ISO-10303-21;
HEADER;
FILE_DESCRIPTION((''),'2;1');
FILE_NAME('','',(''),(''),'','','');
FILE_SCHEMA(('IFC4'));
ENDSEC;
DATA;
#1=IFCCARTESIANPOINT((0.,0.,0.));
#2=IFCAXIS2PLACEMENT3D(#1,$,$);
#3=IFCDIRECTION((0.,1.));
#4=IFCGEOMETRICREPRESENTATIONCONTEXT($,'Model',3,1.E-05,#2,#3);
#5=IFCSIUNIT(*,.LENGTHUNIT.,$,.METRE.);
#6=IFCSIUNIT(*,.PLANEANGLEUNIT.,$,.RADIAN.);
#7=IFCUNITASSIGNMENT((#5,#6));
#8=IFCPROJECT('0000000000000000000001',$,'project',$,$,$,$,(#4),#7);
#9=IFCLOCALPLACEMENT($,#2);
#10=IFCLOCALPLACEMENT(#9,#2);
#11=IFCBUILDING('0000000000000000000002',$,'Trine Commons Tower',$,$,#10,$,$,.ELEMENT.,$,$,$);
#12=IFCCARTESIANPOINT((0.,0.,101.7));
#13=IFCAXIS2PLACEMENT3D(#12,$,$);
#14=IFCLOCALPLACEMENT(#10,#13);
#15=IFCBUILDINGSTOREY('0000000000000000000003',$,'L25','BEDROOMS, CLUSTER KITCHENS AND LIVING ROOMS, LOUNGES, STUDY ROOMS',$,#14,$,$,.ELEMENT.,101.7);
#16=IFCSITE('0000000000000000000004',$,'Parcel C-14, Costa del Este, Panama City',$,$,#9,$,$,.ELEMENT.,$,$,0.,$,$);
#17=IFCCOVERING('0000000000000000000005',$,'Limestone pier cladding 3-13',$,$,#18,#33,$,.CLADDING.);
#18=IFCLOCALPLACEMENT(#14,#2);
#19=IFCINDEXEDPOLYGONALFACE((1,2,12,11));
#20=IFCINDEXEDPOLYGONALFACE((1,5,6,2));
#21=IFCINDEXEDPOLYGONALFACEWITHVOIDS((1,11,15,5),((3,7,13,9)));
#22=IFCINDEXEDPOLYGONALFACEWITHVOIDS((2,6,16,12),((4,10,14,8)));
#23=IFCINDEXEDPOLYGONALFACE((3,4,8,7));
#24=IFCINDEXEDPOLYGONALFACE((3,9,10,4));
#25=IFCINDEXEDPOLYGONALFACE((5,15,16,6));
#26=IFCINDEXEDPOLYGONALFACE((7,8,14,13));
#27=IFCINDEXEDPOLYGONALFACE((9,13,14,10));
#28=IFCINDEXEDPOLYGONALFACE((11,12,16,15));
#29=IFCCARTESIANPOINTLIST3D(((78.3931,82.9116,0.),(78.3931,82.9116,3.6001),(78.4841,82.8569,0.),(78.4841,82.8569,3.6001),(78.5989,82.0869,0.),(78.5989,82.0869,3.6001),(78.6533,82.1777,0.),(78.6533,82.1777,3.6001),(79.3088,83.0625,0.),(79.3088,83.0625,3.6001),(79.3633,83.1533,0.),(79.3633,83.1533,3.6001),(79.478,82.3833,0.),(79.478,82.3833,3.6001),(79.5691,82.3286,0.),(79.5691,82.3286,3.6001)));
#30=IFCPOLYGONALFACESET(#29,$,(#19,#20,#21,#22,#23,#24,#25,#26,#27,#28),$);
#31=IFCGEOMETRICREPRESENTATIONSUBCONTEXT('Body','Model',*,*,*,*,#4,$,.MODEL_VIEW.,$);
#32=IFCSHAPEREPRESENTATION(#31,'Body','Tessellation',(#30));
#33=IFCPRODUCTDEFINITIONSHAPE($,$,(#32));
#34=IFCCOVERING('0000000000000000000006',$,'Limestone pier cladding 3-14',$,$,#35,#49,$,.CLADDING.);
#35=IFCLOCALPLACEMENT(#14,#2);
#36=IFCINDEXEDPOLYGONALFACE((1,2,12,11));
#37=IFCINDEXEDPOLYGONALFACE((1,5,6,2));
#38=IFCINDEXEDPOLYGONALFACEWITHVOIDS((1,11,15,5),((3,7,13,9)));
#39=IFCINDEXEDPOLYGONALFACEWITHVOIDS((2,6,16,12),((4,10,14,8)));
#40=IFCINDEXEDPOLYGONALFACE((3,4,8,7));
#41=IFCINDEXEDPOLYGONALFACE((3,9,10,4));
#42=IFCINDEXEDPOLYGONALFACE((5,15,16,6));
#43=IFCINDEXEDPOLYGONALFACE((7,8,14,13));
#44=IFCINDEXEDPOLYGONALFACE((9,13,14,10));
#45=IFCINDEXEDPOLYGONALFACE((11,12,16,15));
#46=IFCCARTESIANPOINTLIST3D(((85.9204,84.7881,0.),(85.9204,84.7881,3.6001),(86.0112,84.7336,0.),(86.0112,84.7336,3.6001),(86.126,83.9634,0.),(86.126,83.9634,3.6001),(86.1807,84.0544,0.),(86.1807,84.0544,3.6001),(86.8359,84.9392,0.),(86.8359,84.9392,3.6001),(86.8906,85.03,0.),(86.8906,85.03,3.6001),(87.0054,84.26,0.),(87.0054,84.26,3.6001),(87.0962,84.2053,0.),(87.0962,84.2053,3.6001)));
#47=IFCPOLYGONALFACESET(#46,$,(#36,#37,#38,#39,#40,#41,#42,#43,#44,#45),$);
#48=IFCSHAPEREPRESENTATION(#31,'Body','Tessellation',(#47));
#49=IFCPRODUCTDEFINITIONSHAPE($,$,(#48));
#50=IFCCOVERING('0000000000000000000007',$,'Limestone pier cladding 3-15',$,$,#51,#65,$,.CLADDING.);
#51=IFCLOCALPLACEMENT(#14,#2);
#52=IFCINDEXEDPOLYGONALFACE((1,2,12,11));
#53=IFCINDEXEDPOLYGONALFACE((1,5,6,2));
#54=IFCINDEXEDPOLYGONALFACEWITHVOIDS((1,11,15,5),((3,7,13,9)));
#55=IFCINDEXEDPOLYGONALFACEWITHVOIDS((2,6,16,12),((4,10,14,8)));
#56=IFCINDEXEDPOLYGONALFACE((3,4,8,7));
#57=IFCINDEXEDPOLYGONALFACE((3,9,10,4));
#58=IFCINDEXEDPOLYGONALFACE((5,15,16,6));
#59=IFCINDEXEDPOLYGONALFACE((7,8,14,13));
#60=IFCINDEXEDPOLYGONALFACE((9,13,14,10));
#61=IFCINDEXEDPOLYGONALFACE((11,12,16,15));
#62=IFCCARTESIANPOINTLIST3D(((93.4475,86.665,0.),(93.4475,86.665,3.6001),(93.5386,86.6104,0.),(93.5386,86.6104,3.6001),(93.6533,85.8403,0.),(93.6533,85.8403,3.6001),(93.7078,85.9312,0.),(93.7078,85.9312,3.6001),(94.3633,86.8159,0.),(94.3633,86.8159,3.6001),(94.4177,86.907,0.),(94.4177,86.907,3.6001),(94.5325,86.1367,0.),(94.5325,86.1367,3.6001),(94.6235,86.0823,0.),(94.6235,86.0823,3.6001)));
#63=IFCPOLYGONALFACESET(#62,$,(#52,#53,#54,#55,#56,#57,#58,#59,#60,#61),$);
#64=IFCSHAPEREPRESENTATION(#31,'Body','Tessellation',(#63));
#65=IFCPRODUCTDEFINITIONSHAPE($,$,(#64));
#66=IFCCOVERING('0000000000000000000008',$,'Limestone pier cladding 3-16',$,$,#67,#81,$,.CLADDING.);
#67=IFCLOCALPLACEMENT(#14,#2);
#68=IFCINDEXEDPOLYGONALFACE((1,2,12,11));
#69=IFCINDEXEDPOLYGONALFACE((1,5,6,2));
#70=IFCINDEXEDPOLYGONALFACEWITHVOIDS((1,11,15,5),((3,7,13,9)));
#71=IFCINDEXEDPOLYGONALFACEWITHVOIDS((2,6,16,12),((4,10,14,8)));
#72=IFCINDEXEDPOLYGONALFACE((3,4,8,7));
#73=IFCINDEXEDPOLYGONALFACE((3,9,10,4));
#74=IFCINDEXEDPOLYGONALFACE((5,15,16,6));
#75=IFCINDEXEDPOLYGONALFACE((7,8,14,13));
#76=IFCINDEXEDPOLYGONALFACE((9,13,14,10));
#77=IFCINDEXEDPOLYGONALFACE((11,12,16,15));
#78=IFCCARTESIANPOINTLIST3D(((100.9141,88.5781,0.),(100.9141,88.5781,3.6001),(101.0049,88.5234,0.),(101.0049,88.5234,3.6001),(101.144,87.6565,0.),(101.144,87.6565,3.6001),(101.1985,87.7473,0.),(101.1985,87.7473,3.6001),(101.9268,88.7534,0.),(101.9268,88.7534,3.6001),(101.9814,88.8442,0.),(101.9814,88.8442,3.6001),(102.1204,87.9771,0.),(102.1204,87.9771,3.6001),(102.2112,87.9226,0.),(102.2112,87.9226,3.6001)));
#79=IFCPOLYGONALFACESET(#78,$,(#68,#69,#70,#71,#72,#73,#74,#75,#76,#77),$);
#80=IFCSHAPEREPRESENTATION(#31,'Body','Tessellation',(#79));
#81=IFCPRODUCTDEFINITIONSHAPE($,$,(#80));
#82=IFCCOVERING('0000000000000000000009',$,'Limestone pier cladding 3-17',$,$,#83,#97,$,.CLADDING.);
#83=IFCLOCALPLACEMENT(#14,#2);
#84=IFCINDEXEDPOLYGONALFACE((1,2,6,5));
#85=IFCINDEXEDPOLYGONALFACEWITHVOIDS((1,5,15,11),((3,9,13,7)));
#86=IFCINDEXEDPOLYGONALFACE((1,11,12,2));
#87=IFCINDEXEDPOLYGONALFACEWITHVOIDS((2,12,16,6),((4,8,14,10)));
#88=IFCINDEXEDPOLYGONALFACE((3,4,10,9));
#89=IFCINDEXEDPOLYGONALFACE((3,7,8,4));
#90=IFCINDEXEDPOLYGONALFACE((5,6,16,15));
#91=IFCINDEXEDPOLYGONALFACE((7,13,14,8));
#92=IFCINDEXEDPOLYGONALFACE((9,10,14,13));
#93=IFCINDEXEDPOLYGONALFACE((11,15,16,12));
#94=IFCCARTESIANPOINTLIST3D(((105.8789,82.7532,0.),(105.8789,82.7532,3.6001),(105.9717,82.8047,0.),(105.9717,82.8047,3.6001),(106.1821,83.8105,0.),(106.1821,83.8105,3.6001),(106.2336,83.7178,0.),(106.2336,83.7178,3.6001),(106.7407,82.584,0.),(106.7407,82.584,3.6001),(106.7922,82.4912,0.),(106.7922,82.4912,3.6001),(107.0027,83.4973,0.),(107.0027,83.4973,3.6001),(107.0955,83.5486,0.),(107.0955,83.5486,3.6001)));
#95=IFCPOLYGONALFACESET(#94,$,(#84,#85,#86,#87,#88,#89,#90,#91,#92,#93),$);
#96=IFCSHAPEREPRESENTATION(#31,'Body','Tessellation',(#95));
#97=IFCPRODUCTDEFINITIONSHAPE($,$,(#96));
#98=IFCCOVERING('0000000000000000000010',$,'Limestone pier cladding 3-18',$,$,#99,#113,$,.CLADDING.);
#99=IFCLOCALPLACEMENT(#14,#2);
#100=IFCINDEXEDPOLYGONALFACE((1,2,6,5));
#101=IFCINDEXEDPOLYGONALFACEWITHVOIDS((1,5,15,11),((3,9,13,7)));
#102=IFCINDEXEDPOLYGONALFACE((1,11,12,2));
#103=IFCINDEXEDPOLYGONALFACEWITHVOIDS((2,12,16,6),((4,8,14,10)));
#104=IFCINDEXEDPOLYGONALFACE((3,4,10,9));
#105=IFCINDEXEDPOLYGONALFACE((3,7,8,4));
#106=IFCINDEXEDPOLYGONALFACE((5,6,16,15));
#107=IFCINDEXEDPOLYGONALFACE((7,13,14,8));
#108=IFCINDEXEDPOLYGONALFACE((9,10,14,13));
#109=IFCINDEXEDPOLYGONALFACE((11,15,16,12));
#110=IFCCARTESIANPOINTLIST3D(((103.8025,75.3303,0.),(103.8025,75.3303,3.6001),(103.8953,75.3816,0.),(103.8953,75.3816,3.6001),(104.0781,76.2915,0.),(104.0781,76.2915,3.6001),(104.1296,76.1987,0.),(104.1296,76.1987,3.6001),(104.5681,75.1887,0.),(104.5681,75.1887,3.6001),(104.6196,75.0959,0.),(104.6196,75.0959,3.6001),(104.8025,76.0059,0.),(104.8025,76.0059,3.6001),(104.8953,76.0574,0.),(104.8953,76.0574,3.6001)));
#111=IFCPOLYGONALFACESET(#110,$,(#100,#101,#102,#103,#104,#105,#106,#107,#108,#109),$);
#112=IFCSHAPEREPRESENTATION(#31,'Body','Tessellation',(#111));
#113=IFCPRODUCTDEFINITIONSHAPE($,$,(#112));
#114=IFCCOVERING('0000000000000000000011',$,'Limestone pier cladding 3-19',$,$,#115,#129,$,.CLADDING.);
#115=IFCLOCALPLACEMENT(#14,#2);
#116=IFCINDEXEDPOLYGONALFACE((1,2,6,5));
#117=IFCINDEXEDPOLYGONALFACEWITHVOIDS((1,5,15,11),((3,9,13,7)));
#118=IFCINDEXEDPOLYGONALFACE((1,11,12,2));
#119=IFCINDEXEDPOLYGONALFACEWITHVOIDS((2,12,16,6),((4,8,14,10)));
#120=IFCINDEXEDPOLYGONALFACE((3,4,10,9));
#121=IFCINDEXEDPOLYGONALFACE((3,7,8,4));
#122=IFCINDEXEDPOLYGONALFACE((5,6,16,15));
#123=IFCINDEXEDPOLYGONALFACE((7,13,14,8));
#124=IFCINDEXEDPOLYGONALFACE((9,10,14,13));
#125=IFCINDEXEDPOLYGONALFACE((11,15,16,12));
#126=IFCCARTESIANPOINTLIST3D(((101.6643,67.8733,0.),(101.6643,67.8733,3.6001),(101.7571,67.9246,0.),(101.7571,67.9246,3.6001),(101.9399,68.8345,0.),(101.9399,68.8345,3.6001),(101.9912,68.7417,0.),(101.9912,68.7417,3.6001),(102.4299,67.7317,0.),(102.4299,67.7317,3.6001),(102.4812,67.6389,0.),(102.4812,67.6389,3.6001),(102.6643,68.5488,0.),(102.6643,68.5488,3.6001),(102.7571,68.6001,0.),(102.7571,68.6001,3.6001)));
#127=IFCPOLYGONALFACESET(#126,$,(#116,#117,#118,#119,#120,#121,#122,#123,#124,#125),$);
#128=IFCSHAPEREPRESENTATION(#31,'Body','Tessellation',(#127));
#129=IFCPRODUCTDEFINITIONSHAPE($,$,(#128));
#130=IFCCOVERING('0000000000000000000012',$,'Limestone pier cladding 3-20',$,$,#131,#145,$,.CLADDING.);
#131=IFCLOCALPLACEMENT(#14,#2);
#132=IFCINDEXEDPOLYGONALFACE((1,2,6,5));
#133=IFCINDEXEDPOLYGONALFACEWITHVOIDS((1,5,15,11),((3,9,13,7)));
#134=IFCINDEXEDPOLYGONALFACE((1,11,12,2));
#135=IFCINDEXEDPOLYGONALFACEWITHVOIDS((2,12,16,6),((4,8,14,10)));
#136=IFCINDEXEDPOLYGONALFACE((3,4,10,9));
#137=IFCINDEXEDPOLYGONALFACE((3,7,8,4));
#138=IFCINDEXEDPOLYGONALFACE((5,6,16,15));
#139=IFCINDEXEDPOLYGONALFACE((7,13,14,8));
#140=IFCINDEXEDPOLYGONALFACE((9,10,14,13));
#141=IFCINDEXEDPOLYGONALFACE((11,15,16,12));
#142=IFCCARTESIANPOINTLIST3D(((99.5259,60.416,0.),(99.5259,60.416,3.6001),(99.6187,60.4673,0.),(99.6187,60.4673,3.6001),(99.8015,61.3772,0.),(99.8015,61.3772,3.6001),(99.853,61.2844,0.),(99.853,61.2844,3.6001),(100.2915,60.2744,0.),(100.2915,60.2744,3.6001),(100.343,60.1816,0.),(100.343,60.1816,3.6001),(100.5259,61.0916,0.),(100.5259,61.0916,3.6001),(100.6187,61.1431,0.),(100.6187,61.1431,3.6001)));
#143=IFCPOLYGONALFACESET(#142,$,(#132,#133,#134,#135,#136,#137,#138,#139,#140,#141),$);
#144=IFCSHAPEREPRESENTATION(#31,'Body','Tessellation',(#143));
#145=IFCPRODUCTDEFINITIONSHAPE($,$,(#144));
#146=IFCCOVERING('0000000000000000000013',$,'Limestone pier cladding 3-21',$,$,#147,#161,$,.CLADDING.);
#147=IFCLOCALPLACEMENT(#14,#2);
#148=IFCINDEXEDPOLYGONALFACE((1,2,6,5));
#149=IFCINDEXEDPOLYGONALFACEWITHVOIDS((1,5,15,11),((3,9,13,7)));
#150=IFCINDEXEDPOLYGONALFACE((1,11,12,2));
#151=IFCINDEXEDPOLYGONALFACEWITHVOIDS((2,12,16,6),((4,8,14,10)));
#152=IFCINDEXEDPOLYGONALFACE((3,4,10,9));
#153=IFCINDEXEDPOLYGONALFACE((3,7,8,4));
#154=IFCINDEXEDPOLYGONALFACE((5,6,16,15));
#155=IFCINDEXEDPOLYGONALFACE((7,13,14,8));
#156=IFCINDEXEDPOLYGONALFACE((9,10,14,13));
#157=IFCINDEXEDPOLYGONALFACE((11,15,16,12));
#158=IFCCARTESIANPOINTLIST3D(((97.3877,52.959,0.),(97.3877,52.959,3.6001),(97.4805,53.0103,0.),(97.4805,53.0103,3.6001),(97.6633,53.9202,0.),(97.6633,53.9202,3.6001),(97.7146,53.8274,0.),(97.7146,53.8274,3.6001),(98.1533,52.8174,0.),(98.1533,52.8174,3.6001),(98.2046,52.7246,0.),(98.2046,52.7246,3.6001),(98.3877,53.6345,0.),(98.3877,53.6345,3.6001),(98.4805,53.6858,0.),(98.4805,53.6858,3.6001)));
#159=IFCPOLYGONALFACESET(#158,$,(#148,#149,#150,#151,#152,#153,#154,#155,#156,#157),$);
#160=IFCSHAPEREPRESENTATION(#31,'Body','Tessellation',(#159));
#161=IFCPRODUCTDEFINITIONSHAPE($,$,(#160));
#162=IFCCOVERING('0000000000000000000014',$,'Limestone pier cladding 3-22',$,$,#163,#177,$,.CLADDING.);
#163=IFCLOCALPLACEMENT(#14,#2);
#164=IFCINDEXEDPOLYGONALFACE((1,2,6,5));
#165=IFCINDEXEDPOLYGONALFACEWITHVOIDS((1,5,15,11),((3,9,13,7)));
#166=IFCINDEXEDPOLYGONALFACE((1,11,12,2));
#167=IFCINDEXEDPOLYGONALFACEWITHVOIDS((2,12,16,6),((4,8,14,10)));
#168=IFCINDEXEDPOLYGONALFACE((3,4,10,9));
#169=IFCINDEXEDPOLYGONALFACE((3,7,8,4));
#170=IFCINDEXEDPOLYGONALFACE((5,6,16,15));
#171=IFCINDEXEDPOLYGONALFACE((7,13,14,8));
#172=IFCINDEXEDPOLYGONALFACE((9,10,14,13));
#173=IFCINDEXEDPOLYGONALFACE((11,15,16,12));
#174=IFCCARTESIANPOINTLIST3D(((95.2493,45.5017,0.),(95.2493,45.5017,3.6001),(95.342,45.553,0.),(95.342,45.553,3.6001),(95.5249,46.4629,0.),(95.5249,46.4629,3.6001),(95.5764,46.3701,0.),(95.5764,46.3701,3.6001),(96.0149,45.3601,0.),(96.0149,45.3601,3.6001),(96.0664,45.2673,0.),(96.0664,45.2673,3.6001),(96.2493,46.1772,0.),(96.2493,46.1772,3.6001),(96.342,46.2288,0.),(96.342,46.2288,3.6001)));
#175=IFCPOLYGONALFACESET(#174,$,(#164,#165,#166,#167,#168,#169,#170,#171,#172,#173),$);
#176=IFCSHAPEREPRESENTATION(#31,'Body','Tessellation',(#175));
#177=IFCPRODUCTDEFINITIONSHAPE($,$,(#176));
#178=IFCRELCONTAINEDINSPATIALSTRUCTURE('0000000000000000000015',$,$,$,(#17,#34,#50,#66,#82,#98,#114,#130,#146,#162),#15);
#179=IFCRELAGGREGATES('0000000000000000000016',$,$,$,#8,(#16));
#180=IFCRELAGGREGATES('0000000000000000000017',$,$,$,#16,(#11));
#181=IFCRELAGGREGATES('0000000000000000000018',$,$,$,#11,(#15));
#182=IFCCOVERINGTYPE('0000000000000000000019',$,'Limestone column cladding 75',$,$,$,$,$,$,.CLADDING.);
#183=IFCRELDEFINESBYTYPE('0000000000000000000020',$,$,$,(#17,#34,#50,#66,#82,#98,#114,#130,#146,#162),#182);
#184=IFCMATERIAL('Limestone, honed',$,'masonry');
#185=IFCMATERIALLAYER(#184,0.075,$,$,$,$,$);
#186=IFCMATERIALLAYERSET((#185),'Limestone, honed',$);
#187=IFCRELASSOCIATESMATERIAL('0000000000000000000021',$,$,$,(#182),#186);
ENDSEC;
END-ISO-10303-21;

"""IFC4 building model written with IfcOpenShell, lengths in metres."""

from ifc_helpers import new_model, si_unit, direction, frame, origin, place, context, subcontext, project, spatial, polyline, outline, extrude, material, layer, layer_set, type_object, element, save


model = new_model("IFC4")

# Units and contexts
model_context = context("Model", 3, precision=1e-05, world=origin(), true_north=direction((0.0, 1.0)))
body_context = subcontext(model_context, "Body", "Model", "MODEL_VIEW")
ifc_project = project(units=[si_unit("LENGTHUNIT", "METRE"), si_unit("PLANEANGLEUNIT", "RADIAN")], contexts=[model_context])

# Site, building, storey
site_placement = place(None, origin())
site = spatial("IfcSite", under=ifc_project, at=site_placement, Name="Parcel C-14, Costa del Este, Panama City", CompositionType="ELEMENT", RefElevation=0.0)
building_placement = place(site_placement, origin())
building = spatial("IfcBuilding", under=site, at=building_placement, Name="Trine Commons Tower", CompositionType="ELEMENT")
storey_placement = place(building_placement, frame((0.0, 0.0, 101.7)))
storey = spatial("IfcBuildingStorey", under=building, at=storey_placement, Name="L25", Description="BEDROOMS, CLUSTER KITCHENS AND LIVING ROOMS, LOUNGES, STUDY ROOMS", CompositionType="ELEMENT", Elevation=101.7)

# Coverings
ifc_material_1 = material(Name="Limestone, honed", Category="masonry")
ifc_layer_1 = layer(ifc_material_1, 0.075)
ifc_layer_set_1 = layer_set([ifc_layer_1], Name="Limestone, honed")
covering_type_1 = type_object("IfcCoveringType", Name="Limestone column cladding 75", PredefinedType="CLADDING", material=ifc_layer_set_1)
covering_1_placement = place(storey_placement, origin())
element("IfcCovering", 1, at=covering_1_placement, inside=storey, type_object=covering_type_1, Name="Limestone pier cladding 3-13", PredefinedType="CLADDING", context=body_context, shape_type="SweptSolid", body=[
    extrude(outline(polyline([(79.5691, 82.3286), (79.3633, 83.1533), (78.3931, 82.9116), (78.5989, 82.0869), (79.5691, 82.3286)]), holes=[polyline([(79.478, 82.3833), (79.3088, 83.0625), (78.4841, 82.8569), (78.6533, 82.1777), (79.478, 82.3833)])]), origin(), (0.0, 0.0, 1.0), 3.6001),
])
covering_2_placement = place(storey_placement, origin())
element("IfcCovering", 2, at=covering_2_placement, inside=storey, type_object=covering_type_1, Name="Limestone pier cladding 3-14", PredefinedType="CLADDING", context=body_context, shape_type="SweptSolid", body=[
    extrude(outline(polyline([(87.0962, 84.2053), (86.8906, 85.03), (85.9204, 84.7881), (86.126, 83.9634), (87.0962, 84.2053)]), holes=[polyline([(87.0054, 84.26), (86.8359, 84.9392), (86.0112, 84.7336), (86.1807, 84.0544), (87.0054, 84.26)])]), origin(), (0.0, 0.0, 1.0), 3.6001),
])
covering_3_placement = place(storey_placement, origin())
element("IfcCovering", 3, at=covering_3_placement, inside=storey, type_object=covering_type_1, Name="Limestone pier cladding 3-15", PredefinedType="CLADDING", context=body_context, shape_type="SweptSolid", body=[
    extrude(outline(polyline([(94.6235, 86.0823), (94.4177, 86.907), (93.4475, 86.665), (93.6533, 85.8403), (94.6235, 86.0823)]), holes=[polyline([(94.5325, 86.1367), (94.3633, 86.8159), (93.5386, 86.6104), (93.7078, 85.9312), (94.5325, 86.1367)])]), origin(), (0.0, 0.0, 1.0), 3.6001),
])
covering_4_placement = place(storey_placement, origin())
element("IfcCovering", 4, at=covering_4_placement, inside=storey, type_object=covering_type_1, Name="Limestone pier cladding 3-16", PredefinedType="CLADDING", context=body_context, shape_type="SweptSolid", body=[
    extrude(outline(polyline([(102.2112, 87.9226), (101.9814, 88.8442), (100.9141, 88.5781), (101.144, 87.6565), (102.2112, 87.9226)]), holes=[polyline([(102.1204, 87.9771), (101.9268, 88.7534), (101.0049, 88.5234), (101.1985, 87.7473), (102.1204, 87.9771)])]), origin(), (0.0, 0.0, 1.0), 3.6001),
])
covering_5_placement = place(storey_placement, origin())
element("IfcCovering", 5, at=covering_5_placement, inside=storey, type_object=covering_type_1, Name="Limestone pier cladding 3-17", PredefinedType="CLADDING", context=body_context, shape_type="SweptSolid", body=[
    extrude(outline(polyline([(107.0955, 83.5486), (106.1821, 83.8105), (105.8789, 82.7532), (106.7922, 82.4912), (107.0955, 83.5486)]), holes=[polyline([(107.0027, 83.4973), (106.2336, 83.7178), (105.9717, 82.8047), (106.7407, 82.584), (107.0027, 83.4973)])]), origin(), (0.0, 0.0, 1.0), 3.6001),
])
covering_6_placement = place(storey_placement, origin())
element("IfcCovering", 6, at=covering_6_placement, inside=storey, type_object=covering_type_1, Name="Limestone pier cladding 3-18", PredefinedType="CLADDING", context=body_context, shape_type="SweptSolid", body=[
    extrude(outline(polyline([(104.8953, 76.0574), (104.0781, 76.2915), (103.8025, 75.3303), (104.6196, 75.0959), (104.8953, 76.0574)]), holes=[polyline([(104.8025, 76.0059), (104.1296, 76.1987), (103.8953, 75.3816), (104.5681, 75.1887), (104.8025, 76.0059)])]), origin(), (0.0, 0.0, 1.0), 3.6001),
])
covering_7_placement = place(storey_placement, origin())
element("IfcCovering", 7, at=covering_7_placement, inside=storey, type_object=covering_type_1, Name="Limestone pier cladding 3-19", PredefinedType="CLADDING", context=body_context, shape_type="SweptSolid", body=[
    extrude(outline(polyline([(102.7571, 68.6001), (101.9399, 68.8345), (101.6643, 67.8733), (102.4812, 67.6389), (102.7571, 68.6001)]), holes=[polyline([(102.6643, 68.5488), (101.9912, 68.7417), (101.7571, 67.9246), (102.4299, 67.7317), (102.6643, 68.5488)])]), origin(), (0.0, 0.0, 1.0), 3.6001),
])
covering_8_placement = place(storey_placement, origin())
element("IfcCovering", 8, at=covering_8_placement, inside=storey, type_object=covering_type_1, Name="Limestone pier cladding 3-20", PredefinedType="CLADDING", context=body_context, shape_type="SweptSolid", body=[
    extrude(outline(polyline([(100.6187, 61.1431), (99.8015, 61.3772), (99.5259, 60.416), (100.343, 60.1816), (100.6187, 61.1431)]), holes=[polyline([(100.5259, 61.0916), (99.853, 61.2844), (99.6187, 60.4673), (100.2915, 60.2744), (100.5259, 61.0916)])]), origin(), (0.0, 0.0, 1.0), 3.6001),
])
covering_9_placement = place(storey_placement, origin())
element("IfcCovering", 9, at=covering_9_placement, inside=storey, type_object=covering_type_1, Name="Limestone pier cladding 3-21", PredefinedType="CLADDING", context=body_context, shape_type="SweptSolid", body=[
    extrude(outline(polyline([(98.4805, 53.6858), (97.6633, 53.9202), (97.3877, 52.959), (98.2046, 52.7246), (98.4805, 53.6858)]), holes=[polyline([(98.3877, 53.6345), (97.7146, 53.8274), (97.4805, 53.0103), (98.1533, 52.8174), (98.3877, 53.6345)])]), origin(), (0.0, 0.0, 1.0), 3.6001),
])
covering_10_placement = place(storey_placement, origin())
element("IfcCovering", 10, at=covering_10_placement, inside=storey, type_object=covering_type_1, Name="Limestone pier cladding 3-22", PredefinedType="CLADDING", context=body_context, shape_type="SweptSolid", body=[
    extrude(outline(polyline([(96.342, 46.2288), (95.5249, 46.4629), (95.2493, 45.5017), (96.0664, 45.2673), (96.342, 46.2288)]), holes=[polyline([(96.2493, 46.1772), (95.5764, 46.3701), (95.342, 45.553), (96.0149, 45.3601), (96.2493, 46.1772)])]), origin(), (0.0, 0.0, 1.0), 3.6001),
])

save(model, "model.ifc")
